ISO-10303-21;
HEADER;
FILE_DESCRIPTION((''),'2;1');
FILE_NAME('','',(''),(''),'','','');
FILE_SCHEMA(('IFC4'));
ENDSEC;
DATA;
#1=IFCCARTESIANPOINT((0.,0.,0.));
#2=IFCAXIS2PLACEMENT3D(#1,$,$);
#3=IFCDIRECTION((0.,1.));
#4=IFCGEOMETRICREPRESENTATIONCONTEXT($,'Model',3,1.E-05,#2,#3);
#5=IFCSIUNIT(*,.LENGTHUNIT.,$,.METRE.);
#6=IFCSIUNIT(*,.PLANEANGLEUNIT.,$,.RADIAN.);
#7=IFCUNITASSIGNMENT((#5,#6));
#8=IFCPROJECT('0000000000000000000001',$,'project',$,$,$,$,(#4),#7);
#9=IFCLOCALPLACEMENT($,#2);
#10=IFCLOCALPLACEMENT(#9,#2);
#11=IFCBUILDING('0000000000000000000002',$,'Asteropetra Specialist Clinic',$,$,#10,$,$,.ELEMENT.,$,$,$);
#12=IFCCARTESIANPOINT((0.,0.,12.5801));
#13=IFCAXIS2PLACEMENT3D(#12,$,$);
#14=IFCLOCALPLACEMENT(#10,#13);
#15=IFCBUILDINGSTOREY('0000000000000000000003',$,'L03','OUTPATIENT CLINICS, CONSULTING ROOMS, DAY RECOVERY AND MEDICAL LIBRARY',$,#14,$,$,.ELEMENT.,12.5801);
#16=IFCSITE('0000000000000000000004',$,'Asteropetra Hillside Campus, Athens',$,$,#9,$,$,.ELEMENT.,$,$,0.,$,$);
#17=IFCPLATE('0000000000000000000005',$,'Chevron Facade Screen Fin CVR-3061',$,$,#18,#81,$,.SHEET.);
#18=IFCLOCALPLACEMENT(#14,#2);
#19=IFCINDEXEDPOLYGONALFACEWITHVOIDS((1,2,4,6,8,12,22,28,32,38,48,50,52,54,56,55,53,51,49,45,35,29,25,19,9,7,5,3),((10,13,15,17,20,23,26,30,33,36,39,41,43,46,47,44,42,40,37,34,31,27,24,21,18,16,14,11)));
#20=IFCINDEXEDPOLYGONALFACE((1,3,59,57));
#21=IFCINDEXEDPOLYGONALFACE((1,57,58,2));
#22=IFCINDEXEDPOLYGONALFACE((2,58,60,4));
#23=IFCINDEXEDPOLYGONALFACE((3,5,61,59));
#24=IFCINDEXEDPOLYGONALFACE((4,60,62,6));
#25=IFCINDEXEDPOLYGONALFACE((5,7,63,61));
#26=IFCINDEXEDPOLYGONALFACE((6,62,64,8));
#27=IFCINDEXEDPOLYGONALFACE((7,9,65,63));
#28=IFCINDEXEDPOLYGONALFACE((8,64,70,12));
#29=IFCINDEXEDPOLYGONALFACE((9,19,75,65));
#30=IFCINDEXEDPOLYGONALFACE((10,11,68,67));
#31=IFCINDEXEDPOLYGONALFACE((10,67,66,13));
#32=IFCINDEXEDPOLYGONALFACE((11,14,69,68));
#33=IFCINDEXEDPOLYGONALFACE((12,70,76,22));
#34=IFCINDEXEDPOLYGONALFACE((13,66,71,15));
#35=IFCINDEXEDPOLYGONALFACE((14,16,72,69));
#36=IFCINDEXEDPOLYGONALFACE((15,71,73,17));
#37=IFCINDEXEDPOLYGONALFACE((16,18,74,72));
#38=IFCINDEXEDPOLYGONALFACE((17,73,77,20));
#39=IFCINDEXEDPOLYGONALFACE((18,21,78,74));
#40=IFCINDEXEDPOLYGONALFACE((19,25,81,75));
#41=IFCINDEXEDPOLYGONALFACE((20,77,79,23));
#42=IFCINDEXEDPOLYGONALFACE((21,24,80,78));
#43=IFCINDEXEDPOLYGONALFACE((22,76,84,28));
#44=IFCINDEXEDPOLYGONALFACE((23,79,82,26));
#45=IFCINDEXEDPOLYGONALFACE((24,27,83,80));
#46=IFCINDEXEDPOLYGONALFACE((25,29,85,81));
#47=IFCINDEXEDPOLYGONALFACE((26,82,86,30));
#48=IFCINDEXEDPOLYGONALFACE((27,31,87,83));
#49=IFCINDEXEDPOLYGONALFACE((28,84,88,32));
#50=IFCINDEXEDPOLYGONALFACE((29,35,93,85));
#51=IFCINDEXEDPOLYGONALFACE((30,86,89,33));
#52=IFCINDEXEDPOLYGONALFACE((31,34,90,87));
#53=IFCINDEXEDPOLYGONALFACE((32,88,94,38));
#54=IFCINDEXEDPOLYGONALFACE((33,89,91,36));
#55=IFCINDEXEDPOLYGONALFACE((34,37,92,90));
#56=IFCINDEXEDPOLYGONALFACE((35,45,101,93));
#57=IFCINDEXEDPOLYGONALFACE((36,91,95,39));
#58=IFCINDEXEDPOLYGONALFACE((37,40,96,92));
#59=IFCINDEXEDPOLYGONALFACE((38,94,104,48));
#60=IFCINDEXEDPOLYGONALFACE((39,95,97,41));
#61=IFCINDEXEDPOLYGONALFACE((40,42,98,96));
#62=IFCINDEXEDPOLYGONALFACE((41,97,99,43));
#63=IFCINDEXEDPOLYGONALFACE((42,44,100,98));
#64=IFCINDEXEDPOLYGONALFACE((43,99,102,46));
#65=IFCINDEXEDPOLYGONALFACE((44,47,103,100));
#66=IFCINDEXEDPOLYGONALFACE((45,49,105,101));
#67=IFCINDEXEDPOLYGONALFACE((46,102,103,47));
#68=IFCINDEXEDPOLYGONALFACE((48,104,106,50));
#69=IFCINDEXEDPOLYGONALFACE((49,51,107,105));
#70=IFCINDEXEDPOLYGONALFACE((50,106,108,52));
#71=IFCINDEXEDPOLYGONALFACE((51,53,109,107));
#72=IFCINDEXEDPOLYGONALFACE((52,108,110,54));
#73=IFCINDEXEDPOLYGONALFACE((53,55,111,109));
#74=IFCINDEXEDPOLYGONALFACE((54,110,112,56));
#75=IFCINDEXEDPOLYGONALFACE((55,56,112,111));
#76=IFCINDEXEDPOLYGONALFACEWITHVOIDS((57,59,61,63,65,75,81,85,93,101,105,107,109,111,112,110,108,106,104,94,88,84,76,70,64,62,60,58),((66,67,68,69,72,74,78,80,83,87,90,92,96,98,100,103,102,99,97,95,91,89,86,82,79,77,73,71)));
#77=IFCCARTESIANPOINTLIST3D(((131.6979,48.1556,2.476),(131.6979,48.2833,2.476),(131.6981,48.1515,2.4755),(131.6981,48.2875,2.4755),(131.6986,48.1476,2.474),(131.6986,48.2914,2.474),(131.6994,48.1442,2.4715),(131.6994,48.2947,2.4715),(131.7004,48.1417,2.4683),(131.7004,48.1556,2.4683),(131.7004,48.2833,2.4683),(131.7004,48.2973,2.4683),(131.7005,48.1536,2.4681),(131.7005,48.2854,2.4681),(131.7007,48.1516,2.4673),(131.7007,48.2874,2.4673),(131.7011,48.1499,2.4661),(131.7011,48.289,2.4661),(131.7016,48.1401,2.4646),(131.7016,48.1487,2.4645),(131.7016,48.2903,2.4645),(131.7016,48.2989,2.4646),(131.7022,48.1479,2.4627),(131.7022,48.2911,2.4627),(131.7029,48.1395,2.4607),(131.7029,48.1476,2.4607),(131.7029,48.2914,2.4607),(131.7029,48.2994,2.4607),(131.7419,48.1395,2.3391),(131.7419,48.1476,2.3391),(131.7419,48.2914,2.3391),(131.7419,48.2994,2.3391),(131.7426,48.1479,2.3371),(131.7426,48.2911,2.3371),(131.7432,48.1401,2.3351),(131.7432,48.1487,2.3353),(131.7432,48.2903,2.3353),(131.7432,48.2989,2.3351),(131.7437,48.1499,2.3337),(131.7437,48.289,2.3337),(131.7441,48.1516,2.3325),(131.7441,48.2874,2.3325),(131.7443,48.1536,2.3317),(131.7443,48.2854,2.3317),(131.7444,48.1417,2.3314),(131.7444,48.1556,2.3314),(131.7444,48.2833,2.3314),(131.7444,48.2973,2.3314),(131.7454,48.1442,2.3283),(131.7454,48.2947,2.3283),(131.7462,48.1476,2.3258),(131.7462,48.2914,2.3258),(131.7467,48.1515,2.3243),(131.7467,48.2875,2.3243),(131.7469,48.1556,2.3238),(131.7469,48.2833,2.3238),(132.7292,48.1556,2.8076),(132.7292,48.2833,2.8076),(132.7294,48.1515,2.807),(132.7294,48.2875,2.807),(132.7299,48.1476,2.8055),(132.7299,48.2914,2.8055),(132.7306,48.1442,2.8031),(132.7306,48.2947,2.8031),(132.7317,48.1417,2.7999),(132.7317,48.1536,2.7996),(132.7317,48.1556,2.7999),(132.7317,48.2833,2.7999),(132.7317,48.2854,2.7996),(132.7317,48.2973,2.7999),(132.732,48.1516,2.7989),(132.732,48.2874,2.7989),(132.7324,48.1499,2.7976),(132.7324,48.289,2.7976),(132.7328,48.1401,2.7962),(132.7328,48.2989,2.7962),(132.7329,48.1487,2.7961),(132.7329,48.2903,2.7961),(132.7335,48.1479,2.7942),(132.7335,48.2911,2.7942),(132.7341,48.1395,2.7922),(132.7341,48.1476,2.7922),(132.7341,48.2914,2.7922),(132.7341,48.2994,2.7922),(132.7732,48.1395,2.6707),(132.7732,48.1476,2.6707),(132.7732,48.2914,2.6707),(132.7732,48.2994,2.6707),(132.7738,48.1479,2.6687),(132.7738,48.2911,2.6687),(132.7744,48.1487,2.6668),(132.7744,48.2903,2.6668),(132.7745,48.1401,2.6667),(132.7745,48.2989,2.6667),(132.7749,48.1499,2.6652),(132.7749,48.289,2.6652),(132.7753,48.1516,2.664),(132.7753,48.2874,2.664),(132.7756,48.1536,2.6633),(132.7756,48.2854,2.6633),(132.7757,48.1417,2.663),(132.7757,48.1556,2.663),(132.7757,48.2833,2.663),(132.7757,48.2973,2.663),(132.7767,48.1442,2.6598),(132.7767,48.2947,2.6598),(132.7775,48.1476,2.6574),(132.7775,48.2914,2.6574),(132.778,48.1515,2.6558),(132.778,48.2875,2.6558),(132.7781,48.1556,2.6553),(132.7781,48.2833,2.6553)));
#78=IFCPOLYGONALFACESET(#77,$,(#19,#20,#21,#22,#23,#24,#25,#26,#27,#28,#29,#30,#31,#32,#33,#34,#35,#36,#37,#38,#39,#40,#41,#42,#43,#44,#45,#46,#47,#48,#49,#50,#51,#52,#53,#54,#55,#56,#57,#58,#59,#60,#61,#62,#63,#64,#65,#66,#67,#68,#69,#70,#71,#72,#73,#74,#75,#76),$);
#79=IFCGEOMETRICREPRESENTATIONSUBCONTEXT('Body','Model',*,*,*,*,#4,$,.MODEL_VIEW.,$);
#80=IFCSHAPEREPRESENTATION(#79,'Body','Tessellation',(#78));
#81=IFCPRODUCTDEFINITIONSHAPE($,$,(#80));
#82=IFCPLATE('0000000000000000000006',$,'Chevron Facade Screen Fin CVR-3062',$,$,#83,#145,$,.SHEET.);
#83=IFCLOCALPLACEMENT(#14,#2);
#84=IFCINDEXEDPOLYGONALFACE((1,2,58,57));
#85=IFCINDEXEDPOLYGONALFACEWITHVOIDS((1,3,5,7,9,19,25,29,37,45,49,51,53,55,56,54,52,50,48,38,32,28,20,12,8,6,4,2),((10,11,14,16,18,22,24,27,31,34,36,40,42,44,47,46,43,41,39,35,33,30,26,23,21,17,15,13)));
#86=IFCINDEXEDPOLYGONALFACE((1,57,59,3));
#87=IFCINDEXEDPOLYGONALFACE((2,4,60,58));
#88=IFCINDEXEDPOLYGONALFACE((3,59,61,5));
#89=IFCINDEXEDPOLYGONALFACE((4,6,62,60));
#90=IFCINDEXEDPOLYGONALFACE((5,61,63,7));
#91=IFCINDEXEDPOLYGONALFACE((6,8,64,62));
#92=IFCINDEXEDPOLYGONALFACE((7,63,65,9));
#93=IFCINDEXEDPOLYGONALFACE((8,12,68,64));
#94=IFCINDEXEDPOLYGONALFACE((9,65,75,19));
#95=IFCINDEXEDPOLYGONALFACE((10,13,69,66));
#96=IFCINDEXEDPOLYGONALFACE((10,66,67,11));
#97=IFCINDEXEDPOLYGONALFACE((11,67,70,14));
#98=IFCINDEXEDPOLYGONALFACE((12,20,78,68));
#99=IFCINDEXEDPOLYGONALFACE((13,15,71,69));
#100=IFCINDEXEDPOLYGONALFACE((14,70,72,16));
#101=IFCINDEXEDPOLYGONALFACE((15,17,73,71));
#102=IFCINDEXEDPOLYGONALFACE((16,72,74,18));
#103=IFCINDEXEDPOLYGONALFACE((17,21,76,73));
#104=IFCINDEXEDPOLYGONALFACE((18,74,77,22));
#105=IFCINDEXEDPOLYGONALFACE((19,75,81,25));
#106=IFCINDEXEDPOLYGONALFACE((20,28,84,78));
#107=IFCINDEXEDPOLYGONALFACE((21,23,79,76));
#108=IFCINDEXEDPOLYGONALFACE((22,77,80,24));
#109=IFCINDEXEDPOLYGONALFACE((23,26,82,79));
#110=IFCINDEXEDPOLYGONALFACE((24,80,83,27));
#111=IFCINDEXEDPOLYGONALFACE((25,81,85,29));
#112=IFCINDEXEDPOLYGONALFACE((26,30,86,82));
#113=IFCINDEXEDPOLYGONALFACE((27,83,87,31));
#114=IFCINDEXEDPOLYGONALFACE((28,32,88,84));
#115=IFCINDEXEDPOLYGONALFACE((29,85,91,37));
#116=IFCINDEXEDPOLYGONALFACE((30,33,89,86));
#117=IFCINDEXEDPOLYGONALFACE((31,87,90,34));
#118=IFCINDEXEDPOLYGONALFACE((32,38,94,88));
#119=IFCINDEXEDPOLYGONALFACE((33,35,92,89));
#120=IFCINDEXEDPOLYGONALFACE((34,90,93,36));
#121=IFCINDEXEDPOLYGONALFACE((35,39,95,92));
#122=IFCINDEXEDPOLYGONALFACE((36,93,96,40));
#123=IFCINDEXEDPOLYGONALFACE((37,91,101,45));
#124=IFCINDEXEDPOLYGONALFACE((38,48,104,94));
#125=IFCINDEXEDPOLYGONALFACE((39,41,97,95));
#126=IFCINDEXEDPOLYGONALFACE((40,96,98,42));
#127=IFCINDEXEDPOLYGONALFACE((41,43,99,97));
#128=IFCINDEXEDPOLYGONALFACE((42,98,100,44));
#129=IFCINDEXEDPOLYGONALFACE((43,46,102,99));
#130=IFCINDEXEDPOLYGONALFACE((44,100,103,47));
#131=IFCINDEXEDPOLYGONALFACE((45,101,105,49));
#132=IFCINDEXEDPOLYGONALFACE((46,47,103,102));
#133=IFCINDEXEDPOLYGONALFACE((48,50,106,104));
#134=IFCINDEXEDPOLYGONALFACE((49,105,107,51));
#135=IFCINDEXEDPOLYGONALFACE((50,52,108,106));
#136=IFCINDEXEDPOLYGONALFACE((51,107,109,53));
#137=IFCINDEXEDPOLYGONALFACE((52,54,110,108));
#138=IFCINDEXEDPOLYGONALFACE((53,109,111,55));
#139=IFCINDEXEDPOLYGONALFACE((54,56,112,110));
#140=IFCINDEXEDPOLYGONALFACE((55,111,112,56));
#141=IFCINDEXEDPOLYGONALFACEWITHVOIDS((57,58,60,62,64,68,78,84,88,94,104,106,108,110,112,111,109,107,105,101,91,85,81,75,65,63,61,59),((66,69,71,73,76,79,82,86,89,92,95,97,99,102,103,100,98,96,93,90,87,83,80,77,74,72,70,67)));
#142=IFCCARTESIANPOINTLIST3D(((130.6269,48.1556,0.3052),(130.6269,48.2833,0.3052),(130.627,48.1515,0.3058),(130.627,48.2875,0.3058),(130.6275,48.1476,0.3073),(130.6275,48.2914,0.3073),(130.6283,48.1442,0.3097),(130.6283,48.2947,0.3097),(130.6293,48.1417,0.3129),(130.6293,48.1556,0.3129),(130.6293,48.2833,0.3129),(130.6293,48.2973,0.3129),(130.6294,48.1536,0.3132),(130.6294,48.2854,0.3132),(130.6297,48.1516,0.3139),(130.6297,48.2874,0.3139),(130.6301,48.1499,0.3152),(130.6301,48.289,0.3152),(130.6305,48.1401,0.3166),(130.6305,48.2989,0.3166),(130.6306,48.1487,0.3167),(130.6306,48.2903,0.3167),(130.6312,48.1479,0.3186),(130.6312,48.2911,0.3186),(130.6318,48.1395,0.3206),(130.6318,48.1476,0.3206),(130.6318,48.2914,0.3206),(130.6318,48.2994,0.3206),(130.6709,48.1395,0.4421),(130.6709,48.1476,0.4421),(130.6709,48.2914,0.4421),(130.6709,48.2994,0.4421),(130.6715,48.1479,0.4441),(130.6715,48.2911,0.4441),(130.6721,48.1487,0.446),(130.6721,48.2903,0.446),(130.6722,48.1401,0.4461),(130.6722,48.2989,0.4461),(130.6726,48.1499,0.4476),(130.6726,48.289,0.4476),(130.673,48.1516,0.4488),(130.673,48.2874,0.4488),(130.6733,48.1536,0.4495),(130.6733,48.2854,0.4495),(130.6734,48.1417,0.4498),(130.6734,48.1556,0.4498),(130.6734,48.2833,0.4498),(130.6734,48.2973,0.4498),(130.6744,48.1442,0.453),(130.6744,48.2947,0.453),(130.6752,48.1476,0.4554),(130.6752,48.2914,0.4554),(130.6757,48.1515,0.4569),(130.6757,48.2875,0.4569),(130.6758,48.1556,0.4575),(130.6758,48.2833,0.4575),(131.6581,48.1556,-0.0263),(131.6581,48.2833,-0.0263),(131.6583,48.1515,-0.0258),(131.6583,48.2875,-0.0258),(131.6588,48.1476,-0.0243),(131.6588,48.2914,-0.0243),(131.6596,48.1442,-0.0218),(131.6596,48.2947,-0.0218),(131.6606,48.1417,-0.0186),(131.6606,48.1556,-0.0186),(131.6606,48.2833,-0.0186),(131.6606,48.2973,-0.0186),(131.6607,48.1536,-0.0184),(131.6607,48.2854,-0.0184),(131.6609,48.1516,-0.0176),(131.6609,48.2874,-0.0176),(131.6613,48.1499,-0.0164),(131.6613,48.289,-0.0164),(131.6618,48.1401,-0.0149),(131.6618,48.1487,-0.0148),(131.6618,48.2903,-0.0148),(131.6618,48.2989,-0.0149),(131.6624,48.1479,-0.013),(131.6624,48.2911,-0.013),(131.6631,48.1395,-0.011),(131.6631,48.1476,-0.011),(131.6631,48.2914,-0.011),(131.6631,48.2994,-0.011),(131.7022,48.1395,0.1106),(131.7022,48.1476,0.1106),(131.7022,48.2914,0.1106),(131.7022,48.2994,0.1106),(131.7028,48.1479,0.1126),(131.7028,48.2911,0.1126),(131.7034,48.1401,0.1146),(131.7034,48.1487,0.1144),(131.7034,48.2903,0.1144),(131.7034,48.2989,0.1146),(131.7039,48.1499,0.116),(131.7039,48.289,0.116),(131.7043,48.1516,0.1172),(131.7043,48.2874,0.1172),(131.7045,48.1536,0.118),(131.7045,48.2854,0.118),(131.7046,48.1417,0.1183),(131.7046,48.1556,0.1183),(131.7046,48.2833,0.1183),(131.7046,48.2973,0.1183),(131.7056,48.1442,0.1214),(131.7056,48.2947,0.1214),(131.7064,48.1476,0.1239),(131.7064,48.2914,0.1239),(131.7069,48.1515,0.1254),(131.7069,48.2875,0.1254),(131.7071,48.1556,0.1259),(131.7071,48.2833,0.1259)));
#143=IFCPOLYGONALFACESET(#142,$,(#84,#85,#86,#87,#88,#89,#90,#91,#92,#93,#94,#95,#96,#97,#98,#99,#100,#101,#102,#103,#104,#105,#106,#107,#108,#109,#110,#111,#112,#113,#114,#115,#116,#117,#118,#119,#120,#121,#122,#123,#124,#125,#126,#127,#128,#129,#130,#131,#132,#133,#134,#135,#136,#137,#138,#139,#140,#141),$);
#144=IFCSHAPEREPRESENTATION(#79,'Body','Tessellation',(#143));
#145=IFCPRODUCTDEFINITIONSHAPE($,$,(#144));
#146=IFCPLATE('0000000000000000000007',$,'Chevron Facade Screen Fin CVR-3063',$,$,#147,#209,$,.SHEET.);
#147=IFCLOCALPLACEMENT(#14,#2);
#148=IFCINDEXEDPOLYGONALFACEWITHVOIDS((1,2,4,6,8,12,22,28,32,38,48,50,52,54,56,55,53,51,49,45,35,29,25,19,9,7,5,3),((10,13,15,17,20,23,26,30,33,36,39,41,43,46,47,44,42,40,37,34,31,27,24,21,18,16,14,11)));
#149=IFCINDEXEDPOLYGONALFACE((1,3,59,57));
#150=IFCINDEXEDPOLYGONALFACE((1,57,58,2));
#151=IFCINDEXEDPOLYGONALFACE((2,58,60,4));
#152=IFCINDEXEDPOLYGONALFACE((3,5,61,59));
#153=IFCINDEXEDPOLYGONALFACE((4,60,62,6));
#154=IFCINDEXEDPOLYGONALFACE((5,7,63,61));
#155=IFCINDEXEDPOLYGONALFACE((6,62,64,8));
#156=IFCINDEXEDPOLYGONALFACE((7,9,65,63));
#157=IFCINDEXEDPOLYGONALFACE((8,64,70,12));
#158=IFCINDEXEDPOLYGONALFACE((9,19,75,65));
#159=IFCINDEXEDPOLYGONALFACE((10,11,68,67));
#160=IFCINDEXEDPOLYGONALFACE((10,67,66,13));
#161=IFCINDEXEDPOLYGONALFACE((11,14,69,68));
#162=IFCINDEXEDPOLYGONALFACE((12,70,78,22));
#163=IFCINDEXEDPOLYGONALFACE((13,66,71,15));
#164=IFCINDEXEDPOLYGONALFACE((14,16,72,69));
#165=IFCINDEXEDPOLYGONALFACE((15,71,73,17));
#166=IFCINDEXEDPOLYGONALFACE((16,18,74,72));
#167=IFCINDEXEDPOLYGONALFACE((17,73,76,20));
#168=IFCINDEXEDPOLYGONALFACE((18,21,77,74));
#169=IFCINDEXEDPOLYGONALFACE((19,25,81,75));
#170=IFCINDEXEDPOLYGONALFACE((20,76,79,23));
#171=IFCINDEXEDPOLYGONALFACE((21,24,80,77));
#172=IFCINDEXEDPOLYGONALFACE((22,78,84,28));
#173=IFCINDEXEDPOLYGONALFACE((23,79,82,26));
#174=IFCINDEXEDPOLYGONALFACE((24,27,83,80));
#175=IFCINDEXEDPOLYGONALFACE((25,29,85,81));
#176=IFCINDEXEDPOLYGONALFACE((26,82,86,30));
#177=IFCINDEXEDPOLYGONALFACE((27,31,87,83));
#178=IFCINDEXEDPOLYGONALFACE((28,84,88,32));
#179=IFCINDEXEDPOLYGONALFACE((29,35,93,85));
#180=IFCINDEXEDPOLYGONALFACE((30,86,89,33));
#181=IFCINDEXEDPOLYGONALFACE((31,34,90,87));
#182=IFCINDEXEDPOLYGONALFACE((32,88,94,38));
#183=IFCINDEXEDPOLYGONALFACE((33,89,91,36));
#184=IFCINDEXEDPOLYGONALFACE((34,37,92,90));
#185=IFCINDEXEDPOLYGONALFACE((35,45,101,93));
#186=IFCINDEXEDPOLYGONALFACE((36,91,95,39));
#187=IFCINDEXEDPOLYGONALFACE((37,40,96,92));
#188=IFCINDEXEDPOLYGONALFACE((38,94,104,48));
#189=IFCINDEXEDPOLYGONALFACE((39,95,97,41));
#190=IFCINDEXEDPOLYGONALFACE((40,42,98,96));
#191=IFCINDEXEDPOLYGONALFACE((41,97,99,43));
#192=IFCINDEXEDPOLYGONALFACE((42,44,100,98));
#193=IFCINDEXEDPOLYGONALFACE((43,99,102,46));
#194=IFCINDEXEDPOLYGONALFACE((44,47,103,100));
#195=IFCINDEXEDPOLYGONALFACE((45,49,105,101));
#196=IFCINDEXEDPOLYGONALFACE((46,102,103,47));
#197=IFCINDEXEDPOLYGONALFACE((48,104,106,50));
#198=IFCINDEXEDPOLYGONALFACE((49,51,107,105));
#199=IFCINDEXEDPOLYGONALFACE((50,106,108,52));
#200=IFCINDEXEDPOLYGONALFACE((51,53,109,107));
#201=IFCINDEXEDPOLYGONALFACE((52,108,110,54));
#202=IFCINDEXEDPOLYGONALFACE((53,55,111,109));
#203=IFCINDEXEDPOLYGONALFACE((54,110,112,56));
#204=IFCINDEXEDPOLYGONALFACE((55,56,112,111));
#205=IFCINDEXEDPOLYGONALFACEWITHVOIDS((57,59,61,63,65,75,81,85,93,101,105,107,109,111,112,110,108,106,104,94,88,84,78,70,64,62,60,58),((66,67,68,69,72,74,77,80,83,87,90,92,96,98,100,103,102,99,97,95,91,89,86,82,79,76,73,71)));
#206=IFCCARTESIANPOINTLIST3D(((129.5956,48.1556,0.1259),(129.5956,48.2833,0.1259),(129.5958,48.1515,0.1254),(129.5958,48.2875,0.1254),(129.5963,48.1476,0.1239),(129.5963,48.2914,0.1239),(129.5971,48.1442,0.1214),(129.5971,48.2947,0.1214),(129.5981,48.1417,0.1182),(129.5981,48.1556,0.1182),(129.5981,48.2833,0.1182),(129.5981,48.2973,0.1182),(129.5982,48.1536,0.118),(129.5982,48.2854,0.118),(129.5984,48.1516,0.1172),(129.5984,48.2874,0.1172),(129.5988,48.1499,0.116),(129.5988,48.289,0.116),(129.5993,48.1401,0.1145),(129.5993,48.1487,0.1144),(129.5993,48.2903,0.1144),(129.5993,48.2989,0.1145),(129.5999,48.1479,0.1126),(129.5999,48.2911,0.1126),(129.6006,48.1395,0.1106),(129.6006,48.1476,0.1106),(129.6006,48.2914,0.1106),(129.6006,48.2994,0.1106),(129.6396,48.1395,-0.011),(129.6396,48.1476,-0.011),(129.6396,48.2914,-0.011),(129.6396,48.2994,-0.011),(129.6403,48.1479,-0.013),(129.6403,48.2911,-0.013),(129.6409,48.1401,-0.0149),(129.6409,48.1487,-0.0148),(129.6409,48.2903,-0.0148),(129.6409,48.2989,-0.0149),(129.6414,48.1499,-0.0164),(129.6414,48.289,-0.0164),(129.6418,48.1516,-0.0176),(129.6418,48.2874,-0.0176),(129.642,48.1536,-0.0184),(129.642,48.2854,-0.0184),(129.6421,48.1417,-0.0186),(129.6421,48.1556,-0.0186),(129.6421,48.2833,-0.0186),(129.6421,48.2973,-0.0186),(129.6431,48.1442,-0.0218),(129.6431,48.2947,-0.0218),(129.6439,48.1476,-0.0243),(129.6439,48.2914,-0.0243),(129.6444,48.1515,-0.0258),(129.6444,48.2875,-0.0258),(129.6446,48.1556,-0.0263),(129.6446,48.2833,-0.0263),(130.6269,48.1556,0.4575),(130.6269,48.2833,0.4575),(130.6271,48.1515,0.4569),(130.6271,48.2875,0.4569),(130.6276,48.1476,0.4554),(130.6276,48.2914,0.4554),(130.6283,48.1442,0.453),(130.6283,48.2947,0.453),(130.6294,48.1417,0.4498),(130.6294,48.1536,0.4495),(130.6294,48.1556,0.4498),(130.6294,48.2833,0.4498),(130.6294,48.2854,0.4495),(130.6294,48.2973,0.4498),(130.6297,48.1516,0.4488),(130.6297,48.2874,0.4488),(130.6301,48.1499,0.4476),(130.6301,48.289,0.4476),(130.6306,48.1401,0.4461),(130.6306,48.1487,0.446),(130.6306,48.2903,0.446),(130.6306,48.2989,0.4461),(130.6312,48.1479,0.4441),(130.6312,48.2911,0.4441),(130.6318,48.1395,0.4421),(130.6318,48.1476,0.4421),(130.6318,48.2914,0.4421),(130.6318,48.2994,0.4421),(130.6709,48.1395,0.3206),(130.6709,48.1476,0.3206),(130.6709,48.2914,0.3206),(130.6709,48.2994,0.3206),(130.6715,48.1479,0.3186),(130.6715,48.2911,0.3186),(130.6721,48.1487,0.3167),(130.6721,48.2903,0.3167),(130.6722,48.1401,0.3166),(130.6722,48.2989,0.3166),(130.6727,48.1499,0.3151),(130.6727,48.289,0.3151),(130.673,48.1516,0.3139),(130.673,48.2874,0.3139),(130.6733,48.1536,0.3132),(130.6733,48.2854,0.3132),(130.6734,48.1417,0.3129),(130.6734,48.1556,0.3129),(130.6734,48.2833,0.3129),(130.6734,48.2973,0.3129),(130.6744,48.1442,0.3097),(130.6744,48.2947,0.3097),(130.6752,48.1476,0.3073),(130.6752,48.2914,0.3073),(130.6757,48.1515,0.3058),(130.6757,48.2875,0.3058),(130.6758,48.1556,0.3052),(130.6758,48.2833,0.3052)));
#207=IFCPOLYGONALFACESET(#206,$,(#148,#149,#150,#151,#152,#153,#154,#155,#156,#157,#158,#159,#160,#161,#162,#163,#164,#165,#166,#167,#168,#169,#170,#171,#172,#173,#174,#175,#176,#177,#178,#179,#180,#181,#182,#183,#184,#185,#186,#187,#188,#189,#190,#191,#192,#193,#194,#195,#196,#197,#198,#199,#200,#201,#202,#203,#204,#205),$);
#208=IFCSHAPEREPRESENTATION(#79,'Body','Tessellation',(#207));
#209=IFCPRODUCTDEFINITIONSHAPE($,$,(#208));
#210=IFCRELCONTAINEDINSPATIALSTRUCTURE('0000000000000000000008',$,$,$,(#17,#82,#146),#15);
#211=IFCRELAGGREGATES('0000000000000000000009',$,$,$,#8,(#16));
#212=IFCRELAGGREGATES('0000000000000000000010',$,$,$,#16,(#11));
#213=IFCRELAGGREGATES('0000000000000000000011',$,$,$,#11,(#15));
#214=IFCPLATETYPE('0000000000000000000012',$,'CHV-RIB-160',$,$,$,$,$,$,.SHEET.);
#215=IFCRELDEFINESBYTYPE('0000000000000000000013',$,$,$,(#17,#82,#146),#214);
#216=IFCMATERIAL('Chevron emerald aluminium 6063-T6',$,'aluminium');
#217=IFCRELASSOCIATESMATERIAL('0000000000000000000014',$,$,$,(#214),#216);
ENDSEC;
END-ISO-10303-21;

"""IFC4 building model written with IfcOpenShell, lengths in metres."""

from ifc_helpers import new_model, si_unit, direction, frame, origin, origin_2d, place, context, subcontext, project, spatial, hollow_rectangle, extrude, material, material_profile, profile_set, type_object, element, save


model = new_model("IFC4")

# Units and contexts
model_context = context("Model", 3, precision=1e-05, world=origin(), true_north=direction((0.0, 1.0)))
body_context = subcontext(model_context, "Body", "Model", "MODEL_VIEW")
ifc_project = project(units=[si_unit("LENGTHUNIT", "METRE"), si_unit("PLANEANGLEUNIT", "RADIAN")], contexts=[model_context])

# Site, building, storey
site_placement = place(None, origin())
site = spatial("IfcSite", under=ifc_project, at=site_placement, Name="Asteropetra Hillside Campus, Athens", CompositionType="ELEMENT", RefElevation=0.0)
building_placement = place(site_placement, origin())
building = spatial("IfcBuilding", under=site, at=building_placement, Name="Asteropetra Specialist Clinic", CompositionType="ELEMENT")
storey_placement = place(building_placement, frame((0.0, 0.0, 12.5801)))
storey = spatial("IfcBuildingStorey", under=building, at=storey_placement, Name="L03", Description="OUTPATIENT CLINICS, CONSULTING ROOMS, DAY RECOVERY AND MEDICAL LIBRARY", CompositionType="ELEMENT", Elevation=12.5801)

# Plates
ifc_material_1 = material(Name="Chevron emerald aluminium 6063-T6", Category="aluminium")
ifc_material_profile_1 = material_profile(ifc_material_1, hollow_rectangle(XDim=0.1599, YDim=0.1599, WallThickness=0.0081, InnerFilletRadius=0.0081, OuterFilletRadius=0.0161, at=origin_2d()), Name="SHS 160x160x8.0")
ifc_profile_set_1 = profile_set([ifc_material_profile_1], Name="Chevron emerald aluminium 6063-T6")
plate_type_1 = type_object("IfcPlateType", Name="CHV-RIB-160", PredefinedType="SHEET", material=ifc_profile_set_1)
for number, where, z_axis, x_axis, name in (
    (1, (132.7537, 48.2195, 2.7314), (-0.95201, 0.0, -0.306068), (0.0, -1.0, 0.0), "Chevron Facade Screen Fin CVR-3061"),
    (2, (131.6826, 48.2195, 0.0498), (-0.95201, 0.0, 0.306068), (0.0, -1.0, 0.0), "Chevron Facade Screen Fin CVR-3062"),
    (3, (130.6514, 48.2195, 0.3813), (-0.95201, 0.0, -0.306068), (0.0, -1.0, 0.0), "Chevron Facade Screen Fin CVR-3063"),
):
    element("IfcPlate", number, at=place(storey_placement, frame(where, z_axis=z_axis, x_axis=x_axis)), inside=storey, type_object=plate_type_1, Name=name, PredefinedType="SHEET", context=body_context, shape_type="SweptSolid", body=[
        extrude(hollow_rectangle(XDim=0.1599, YDim=0.1599, WallThickness=0.0081, InnerFilletRadius=0.0081, OuterFilletRadius=0.0161, at=origin_2d()), origin(), (0.0, 0.0, 1.0), 1.0833),
    ])

save(model, "model.ifc")
